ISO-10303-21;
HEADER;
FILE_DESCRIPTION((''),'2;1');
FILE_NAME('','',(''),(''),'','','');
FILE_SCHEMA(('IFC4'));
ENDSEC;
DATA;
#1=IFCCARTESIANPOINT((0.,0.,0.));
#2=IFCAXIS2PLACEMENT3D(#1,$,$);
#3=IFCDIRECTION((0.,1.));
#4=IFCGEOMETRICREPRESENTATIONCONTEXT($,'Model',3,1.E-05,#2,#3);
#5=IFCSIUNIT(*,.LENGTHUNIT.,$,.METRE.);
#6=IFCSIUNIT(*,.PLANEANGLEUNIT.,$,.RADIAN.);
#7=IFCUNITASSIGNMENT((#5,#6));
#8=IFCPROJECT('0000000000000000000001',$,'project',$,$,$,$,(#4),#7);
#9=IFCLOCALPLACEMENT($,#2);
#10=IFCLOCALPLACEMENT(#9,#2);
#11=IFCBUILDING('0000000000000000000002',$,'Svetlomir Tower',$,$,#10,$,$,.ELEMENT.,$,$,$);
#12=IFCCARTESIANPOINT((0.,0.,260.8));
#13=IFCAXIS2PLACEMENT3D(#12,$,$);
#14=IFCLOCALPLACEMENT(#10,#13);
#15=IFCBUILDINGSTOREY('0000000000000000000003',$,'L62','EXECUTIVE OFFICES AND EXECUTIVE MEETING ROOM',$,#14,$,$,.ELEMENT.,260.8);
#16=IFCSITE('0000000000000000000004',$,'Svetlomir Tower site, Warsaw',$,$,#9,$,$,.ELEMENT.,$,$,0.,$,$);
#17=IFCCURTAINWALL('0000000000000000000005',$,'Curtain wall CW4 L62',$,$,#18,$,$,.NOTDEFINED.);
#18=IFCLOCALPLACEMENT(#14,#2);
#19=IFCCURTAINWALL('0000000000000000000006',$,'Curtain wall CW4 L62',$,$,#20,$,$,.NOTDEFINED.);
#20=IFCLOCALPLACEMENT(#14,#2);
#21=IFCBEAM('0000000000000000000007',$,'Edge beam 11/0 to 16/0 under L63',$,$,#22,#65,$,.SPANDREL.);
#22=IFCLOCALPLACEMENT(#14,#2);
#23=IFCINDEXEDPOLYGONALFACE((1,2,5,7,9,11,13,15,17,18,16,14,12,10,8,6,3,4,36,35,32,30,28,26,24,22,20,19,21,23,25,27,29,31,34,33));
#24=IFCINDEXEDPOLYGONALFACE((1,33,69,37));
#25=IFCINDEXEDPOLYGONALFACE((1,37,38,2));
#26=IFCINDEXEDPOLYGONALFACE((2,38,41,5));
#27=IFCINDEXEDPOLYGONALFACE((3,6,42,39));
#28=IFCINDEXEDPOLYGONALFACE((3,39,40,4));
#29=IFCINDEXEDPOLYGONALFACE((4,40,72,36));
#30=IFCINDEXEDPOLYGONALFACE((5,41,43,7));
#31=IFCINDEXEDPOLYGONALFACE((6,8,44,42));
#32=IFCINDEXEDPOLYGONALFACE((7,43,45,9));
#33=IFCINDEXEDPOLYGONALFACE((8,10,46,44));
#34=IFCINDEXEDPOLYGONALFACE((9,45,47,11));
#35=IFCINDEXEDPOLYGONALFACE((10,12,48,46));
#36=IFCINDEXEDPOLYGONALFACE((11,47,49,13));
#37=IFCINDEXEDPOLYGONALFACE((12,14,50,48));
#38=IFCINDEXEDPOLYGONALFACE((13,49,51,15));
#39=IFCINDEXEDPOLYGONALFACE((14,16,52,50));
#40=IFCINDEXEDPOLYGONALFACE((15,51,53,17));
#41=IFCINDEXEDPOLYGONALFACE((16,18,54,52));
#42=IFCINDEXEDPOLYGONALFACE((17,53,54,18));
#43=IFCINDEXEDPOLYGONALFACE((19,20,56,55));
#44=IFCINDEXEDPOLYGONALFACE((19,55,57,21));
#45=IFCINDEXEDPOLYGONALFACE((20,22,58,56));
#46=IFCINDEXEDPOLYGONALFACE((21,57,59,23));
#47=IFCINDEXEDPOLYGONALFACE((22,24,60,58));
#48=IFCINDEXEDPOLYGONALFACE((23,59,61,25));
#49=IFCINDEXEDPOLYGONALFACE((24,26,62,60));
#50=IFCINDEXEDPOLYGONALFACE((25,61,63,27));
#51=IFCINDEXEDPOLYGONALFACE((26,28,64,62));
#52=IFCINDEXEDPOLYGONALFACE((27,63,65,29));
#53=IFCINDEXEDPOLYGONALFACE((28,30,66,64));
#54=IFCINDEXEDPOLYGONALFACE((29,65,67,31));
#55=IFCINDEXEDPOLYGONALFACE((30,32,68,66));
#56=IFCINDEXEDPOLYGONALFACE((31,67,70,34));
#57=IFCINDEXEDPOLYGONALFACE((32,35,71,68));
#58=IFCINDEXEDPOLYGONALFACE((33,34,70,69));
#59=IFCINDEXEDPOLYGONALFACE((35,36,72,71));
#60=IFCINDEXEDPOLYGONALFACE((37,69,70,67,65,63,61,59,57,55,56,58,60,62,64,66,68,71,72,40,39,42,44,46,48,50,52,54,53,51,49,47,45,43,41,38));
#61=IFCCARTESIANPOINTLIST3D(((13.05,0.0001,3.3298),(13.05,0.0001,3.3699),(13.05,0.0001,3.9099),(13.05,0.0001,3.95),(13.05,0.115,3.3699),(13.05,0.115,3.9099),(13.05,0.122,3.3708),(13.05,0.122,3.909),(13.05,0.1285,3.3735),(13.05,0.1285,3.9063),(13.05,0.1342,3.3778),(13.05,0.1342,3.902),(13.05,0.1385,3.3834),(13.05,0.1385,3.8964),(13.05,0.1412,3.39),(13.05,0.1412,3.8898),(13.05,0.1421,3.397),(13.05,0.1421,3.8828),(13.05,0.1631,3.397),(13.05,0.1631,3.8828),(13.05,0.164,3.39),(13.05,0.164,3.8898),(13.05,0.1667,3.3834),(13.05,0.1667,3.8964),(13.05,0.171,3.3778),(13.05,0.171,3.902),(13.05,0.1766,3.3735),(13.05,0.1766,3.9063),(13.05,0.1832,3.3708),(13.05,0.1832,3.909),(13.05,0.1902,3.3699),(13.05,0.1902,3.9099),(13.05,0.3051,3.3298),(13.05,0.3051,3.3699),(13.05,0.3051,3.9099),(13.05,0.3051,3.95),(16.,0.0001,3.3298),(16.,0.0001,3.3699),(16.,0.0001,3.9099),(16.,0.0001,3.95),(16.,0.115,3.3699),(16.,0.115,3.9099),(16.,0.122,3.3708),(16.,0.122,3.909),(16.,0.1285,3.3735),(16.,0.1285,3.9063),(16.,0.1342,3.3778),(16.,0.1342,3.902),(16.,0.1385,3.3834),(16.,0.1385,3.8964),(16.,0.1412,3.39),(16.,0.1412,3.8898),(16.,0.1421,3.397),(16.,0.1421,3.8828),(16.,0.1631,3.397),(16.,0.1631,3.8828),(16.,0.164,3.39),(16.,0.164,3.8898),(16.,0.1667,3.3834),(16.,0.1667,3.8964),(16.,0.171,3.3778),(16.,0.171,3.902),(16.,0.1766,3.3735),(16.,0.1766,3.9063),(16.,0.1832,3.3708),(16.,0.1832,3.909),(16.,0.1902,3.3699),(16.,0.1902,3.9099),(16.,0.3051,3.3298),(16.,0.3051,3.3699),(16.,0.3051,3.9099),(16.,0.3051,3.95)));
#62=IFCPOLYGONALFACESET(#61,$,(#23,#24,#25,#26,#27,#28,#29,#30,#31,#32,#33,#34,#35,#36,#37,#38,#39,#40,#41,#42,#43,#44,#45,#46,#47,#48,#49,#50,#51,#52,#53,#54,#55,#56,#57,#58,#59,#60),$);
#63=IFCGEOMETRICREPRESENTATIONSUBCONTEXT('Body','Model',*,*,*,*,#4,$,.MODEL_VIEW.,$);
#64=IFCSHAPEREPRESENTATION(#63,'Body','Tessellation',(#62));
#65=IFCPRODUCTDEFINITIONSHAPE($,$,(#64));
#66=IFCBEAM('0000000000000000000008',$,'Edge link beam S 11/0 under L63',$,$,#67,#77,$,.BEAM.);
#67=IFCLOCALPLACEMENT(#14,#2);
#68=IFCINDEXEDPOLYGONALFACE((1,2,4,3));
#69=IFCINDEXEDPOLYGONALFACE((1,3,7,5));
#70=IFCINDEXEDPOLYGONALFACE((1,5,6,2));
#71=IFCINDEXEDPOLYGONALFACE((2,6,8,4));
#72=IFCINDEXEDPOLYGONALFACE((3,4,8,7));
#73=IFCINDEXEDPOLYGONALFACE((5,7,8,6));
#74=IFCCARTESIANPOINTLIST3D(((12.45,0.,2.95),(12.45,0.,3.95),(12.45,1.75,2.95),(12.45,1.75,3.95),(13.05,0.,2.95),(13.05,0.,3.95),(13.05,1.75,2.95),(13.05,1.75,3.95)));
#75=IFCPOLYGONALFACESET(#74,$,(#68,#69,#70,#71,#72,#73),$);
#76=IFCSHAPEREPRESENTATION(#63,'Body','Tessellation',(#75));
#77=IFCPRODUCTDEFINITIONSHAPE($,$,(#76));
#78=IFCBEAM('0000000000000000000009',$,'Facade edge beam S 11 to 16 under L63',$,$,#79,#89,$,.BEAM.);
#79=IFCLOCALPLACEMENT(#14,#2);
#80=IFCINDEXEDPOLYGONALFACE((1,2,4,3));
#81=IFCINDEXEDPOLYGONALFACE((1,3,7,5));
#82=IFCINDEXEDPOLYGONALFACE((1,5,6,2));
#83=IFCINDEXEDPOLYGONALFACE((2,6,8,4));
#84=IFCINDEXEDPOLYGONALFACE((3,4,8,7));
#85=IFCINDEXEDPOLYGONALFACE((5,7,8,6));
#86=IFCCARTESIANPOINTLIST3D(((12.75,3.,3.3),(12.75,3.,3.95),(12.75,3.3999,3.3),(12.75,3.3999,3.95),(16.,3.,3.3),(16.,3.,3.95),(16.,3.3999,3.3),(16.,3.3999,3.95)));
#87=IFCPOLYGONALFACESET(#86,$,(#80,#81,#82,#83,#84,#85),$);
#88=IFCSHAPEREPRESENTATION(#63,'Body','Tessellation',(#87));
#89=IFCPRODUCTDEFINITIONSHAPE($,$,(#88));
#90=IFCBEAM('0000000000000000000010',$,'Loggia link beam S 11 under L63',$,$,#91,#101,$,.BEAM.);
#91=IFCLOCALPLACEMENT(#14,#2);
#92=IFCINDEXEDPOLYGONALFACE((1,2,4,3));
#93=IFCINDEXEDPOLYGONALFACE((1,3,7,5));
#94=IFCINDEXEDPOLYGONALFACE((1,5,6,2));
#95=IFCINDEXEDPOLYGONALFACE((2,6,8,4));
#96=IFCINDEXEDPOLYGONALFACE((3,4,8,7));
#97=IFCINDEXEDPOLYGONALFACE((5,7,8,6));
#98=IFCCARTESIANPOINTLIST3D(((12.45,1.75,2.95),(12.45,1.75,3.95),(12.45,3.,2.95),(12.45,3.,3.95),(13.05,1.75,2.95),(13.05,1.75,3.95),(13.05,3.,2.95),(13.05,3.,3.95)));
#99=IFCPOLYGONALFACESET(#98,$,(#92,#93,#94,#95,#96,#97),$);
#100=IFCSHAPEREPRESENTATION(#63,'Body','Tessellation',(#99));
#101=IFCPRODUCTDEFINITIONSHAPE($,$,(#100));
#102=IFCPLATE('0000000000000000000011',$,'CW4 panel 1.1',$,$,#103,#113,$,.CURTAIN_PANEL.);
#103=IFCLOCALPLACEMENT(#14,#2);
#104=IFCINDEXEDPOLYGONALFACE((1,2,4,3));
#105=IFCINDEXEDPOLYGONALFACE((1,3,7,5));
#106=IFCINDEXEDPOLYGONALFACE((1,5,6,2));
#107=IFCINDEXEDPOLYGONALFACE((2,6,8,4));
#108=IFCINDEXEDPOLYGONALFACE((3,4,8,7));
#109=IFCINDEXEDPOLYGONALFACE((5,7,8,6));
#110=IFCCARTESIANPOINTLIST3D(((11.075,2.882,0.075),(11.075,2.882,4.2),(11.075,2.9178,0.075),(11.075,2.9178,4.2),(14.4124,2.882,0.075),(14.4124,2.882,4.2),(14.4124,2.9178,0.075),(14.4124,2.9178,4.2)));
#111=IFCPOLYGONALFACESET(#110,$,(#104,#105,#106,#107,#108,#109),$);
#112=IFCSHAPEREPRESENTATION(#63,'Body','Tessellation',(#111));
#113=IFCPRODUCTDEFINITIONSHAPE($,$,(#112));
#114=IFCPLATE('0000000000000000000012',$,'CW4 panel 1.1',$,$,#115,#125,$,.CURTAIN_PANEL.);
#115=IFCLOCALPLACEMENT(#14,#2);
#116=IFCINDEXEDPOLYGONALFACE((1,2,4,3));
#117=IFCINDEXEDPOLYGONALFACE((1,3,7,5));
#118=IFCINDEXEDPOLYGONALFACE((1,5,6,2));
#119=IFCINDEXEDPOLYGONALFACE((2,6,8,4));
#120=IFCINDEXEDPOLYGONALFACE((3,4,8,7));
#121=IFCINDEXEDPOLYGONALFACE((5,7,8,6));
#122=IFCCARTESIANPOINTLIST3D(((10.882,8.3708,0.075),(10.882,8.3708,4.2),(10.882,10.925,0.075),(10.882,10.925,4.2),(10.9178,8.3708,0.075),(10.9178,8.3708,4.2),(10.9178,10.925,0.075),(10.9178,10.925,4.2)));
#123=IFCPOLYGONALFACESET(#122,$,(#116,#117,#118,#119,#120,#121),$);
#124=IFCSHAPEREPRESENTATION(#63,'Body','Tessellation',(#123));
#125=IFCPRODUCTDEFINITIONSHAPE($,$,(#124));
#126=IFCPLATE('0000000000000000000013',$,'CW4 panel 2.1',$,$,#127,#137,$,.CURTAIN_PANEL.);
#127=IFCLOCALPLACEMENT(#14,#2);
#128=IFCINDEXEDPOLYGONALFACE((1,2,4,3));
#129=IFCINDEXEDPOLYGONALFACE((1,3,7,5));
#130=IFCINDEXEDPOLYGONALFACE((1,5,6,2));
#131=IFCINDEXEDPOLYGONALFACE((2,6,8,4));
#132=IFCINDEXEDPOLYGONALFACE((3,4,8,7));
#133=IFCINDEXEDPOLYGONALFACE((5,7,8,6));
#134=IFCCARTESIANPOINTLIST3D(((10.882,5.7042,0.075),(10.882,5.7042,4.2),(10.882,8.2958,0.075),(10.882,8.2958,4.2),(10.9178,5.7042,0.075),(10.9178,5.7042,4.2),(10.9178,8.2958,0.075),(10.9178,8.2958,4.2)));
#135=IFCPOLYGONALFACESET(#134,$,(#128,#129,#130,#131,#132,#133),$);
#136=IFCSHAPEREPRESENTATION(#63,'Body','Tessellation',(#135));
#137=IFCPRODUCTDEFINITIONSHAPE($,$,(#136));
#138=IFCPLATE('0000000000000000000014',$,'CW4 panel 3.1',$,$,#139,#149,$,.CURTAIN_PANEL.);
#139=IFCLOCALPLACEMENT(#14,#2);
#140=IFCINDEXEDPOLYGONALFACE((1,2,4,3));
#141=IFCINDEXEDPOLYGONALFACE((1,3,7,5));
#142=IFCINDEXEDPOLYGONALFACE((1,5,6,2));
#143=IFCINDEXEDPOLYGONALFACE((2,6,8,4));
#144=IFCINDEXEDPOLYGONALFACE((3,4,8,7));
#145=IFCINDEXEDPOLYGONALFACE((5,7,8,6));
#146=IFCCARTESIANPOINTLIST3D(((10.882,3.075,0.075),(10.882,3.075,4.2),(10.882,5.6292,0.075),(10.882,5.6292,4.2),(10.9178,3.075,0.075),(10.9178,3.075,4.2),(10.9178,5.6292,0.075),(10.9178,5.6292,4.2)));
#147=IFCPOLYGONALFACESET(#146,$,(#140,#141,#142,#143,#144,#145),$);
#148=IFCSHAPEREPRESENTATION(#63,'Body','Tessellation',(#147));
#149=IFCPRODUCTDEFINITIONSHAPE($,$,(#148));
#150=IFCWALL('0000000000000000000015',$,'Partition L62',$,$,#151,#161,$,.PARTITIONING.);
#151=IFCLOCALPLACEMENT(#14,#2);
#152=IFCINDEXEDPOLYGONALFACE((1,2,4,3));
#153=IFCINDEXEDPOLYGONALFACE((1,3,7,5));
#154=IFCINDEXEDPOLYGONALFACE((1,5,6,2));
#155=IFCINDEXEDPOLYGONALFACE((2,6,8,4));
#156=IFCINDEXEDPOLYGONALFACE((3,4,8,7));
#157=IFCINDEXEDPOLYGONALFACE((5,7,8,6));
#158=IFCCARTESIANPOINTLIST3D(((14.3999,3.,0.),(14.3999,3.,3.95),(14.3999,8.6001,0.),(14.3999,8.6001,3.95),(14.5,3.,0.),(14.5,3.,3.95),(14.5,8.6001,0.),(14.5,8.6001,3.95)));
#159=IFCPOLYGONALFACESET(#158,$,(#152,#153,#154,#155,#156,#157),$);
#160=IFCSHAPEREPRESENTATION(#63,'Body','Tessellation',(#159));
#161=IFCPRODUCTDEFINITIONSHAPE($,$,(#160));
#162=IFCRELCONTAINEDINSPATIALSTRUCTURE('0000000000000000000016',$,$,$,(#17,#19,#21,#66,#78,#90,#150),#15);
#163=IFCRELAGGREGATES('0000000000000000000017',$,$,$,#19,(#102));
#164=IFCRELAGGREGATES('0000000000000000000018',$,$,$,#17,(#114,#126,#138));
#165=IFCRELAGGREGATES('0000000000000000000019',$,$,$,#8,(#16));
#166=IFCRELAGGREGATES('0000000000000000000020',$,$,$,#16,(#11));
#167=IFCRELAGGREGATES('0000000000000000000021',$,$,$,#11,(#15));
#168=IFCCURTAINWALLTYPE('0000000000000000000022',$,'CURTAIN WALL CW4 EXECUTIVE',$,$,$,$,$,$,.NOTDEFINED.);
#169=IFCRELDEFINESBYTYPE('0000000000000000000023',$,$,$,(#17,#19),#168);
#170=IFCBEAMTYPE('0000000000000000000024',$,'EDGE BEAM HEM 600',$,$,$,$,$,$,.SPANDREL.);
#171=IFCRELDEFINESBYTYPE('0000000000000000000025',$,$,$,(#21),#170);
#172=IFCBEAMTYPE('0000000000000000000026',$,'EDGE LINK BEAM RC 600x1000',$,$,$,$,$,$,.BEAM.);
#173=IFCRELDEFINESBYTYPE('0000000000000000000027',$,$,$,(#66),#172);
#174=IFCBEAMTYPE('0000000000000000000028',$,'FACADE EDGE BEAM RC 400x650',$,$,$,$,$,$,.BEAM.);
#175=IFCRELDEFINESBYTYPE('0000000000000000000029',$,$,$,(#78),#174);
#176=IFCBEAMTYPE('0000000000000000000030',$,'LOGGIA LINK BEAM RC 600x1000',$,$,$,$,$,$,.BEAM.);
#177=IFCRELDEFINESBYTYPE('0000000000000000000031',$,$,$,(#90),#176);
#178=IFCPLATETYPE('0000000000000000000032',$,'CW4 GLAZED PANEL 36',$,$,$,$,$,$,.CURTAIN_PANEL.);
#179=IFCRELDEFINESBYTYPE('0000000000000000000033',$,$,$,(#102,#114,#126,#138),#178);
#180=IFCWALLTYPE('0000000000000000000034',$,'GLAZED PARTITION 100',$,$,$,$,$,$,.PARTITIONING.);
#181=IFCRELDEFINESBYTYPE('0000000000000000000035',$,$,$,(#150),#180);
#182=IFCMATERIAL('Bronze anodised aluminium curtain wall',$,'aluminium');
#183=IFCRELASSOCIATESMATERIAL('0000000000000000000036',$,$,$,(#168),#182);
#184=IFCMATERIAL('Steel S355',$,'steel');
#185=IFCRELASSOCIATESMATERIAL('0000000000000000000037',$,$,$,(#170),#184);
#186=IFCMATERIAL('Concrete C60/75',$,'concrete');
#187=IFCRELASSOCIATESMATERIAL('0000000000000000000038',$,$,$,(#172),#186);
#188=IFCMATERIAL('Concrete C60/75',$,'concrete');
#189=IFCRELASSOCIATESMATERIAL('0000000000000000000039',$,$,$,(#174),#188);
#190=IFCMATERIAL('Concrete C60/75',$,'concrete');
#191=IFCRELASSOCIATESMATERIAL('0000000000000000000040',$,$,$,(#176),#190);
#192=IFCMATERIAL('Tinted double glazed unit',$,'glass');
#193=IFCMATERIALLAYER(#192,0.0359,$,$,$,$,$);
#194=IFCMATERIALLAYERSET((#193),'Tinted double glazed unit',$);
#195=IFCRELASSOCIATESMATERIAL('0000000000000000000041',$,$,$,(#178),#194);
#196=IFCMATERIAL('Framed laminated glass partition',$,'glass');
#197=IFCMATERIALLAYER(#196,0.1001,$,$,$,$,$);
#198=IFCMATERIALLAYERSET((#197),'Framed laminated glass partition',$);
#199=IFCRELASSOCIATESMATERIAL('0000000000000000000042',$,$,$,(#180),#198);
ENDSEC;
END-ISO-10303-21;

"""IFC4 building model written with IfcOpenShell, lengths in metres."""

from ifc_helpers import new_model, si_unit, direction, frame, frame_2d, origin, origin_2d, place, context, subcontext, project, spatial, rectangle, i_section, extrude, material, layer, layer_set, material_profile, profile_set, type_object, element, aggregate, save


model = new_model("IFC4")

# Units and contexts
model_context = context("Model", 3, precision=1e-05, world=origin(), true_north=direction((0.0, 1.0)))
body_context = subcontext(model_context, "Body", "Model", "MODEL_VIEW")
ifc_project = project(units=[si_unit("LENGTHUNIT", "METRE"), si_unit("PLANEANGLEUNIT", "RADIAN")], contexts=[model_context])

# Site, building, storey
site_placement = place(None, origin())
site = spatial("IfcSite", under=ifc_project, at=site_placement, Name="Svetlomir Tower site, Warsaw", CompositionType="ELEMENT", RefElevation=0.0)
building_placement = place(site_placement, origin())
building = spatial("IfcBuilding", under=site, at=building_placement, Name="Svetlomir Tower", CompositionType="ELEMENT")
storey_placement = place(building_placement, frame((0.0, 0.0, 260.8)))
storey = spatial("IfcBuildingStorey", under=building, at=storey_placement, Name="L62", Description="EXECUTIVE OFFICES AND EXECUTIVE MEETING ROOM", CompositionType="ELEMENT", Elevation=260.8)

# Curtain wall
ifc_material_1 = material(Name="Bronze anodised aluminium curtain wall", Category="aluminium")
curtain_wall_type = type_object("IfcCurtainWallType", Name="CURTAIN WALL CW4 EXECUTIVE", PredefinedType="NOTDEFINED", material=ifc_material_1)
curtain_wall_1_placement = place(storey_placement, origin())
curtain_wall_1 = element("IfcCurtainWall", 1, at=curtain_wall_1_placement, inside=storey, type_object=curtain_wall_type, Name="Curtain wall CW4 L62", PredefinedType="NOTDEFINED")

# Curtain wall
curtain_wall_2_placement = place(storey_placement, origin())
curtain_wall_2 = element("IfcCurtainWall", 2, at=curtain_wall_2_placement, inside=storey, type_object=curtain_wall_type, Name="Curtain wall CW4 L62", PredefinedType="NOTDEFINED")

# Beams
ifc_material_2 = material(Name="Steel S355", Category="steel")
ifc_material_profile_1 = material_profile(ifc_material_2, i_section(OverallWidth=0.3049, OverallDepth=0.6201, WebThickness=0.021, FlangeThickness=0.04, FilletRadius=0.0271, at=origin_2d()), Name="HEM 600")
ifc_profile_set_1 = profile_set([ifc_material_profile_1], Name="Steel S355")
beam_type_1 = type_object("IfcBeamType", Name="EDGE BEAM HEM 600", PredefinedType="SPANDREL", material=ifc_profile_set_1)
beam_1_placement = place(storey_placement, frame((13.05, 0.1526, 3.6399), z_axis=(1.0, 0.0, 0.0), x_axis=(0.0, 1.0, 0.0)))
element("IfcBeam", 3, at=beam_1_placement, inside=storey, type_object=beam_type_1, Name="Edge beam 11/0 to 16/0 under L63", PredefinedType="SPANDREL", context=body_context, shape_type="SweptSolid", body=[
    extrude(i_section(OverallWidth=0.3049, OverallDepth=0.6201, WebThickness=0.021, FlangeThickness=0.04, FilletRadius=0.0271, at=origin_2d()), origin(), (0.0, 0.0, 1.0), 2.95),
])
ifc_material_3 = material(Name="Concrete C60/75", Category="concrete")
ifc_material_profile_2 = material_profile(ifc_material_3, rectangle(XDim=0.6001, YDim=1.0, at=origin_2d()), Name="RC 600x1000")
ifc_profile_set_2 = profile_set([ifc_material_profile_2], Name="Concrete C60/75")
beam_type_2 = type_object("IfcBeamType", Name="EDGE LINK BEAM RC 600x1000", PredefinedType="BEAM", material=ifc_profile_set_2)
beam_2_placement = place(storey_placement, frame((12.75, 1.75, 3.45), z_axis=(0.0, -1.0, 0.0), x_axis=(1.0, 0.0, 0.0)))
element("IfcBeam", 4, at=beam_2_placement, inside=storey, type_object=beam_type_2, Name="Edge link beam S 11/0 under L63", PredefinedType="BEAM", context=body_context, shape_type="SweptSolid", body=[
    extrude(rectangle(XDim=0.6001, YDim=1.0, at=origin_2d()), origin(), (0.0, 0.0, 1.0), 1.75),
])
ifc_material_4 = material(Name="Concrete C60/75", Category="concrete")
ifc_material_profile_3 = material_profile(ifc_material_4, rectangle(XDim=0.3999, YDim=0.6499, at=origin_2d()), Name="RC 400x650")
ifc_profile_set_3 = profile_set([ifc_material_profile_3], Name="Concrete C60/75")
beam_type_3 = type_object("IfcBeamType", Name="FACADE EDGE BEAM RC 400x650", PredefinedType="BEAM", material=ifc_profile_set_3)
beam_3_placement = place(storey_placement, frame((12.75, 3.2, 3.625), z_axis=(1.0, 0.0, 0.0), x_axis=(0.0, 1.0, 0.0)))
element("IfcBeam", 5, at=beam_3_placement, inside=storey, type_object=beam_type_3, Name="Facade edge beam S 11 to 16 under L63", PredefinedType="BEAM", context=body_context, shape_type="SweptSolid", body=[
    extrude(rectangle(XDim=0.3999, YDim=0.6499, at=origin_2d()), origin(), (0.0, 0.0, 1.0), 3.25),
])
ifc_material_5 = material(Name="Concrete C60/75", Category="concrete")
ifc_material_profile_4 = material_profile(ifc_material_5, rectangle(XDim=0.6001, YDim=1.0, at=origin_2d()), Name="RC 600x1000")
ifc_profile_set_4 = profile_set([ifc_material_profile_4], Name="Concrete C60/75")
beam_type_4 = type_object("IfcBeamType", Name="LOGGIA LINK BEAM RC 600x1000", PredefinedType="BEAM", material=ifc_profile_set_4)
beam_4_placement = place(storey_placement, frame((12.75, 1.75, 3.45), z_axis=(0.0, 1.0, 0.0), x_axis=(-1.0, 0.0, 0.0)))
element("IfcBeam", 6, at=beam_4_placement, inside=storey, type_object=beam_type_4, Name="Loggia link beam S 11 under L63", PredefinedType="BEAM", context=body_context, shape_type="SweptSolid", body=[
    extrude(rectangle(XDim=0.6001, YDim=1.0, at=origin_2d()), origin(), (0.0, 0.0, 1.0), 1.25),
])

# Plates
ifc_material_6 = material(Name="Tinted double glazed unit", Category="glass")
ifc_layer_1 = layer(ifc_material_6, 0.0359)
ifc_layer_set_1 = layer_set([ifc_layer_1], Name="Tinted double glazed unit")
plate_type = type_object("IfcPlateType", Name="CW4 GLAZED PANEL 36", PredefinedType="CURTAIN_PANEL", material=ifc_layer_set_1)
plate_1_placement = place(storey_placement, frame((12.7437, 2.8999, 0.075), z_axis=(0.0, 0.0, 1.0), x_axis=(1.0, 0.0, 0.0)))
plate_1 = element("IfcPlate", 7, at=plate_1_placement, type_object=plate_type, Name="CW4 panel 1.1", PredefinedType="CURTAIN_PANEL", context=body_context, shape_type="SweptSolid", body=[
    extrude(rectangle(XDim=3.3374, YDim=0.0359, at=origin_2d()), origin(), (0.0, 0.0, 1.0), 4.125),
])
aggregate(curtain_wall_2, [plate_1])
plate_2_placement = place(storey_placement, frame((10.8999, 9.6479, 0.075), z_axis=(0.0, 0.0, 1.0), x_axis=(0.0, -1.0, 0.0)))
plate_2 = element("IfcPlate", 8, at=plate_2_placement, type_object=plate_type, Name="CW4 panel 1.1", PredefinedType="CURTAIN_PANEL", context=body_context, shape_type="SweptSolid", body=[
    extrude(rectangle(XDim=2.5542, YDim=0.0359, at=origin_2d()), origin(), (0.0, 0.0, 1.0), 4.125),
])
plate_3_placement = place(storey_placement, frame((10.8999, 7.0, 0.075), z_axis=(0.0, 0.0, 1.0), x_axis=(0.0, -1.0, 0.0)))
plate_3 = element("IfcPlate", 9, at=plate_3_placement, type_object=plate_type, Name="CW4 panel 2.1", PredefinedType="CURTAIN_PANEL", context=body_context, shape_type="SweptSolid", body=[
    extrude(rectangle(XDim=2.5916, YDim=0.0359, at=origin_2d()), origin(), (0.0, 0.0, 1.0), 4.125),
])
plate_4_placement = place(storey_placement, frame((10.8999, 4.3521, 0.075), z_axis=(0.0, 0.0, 1.0), x_axis=(0.0, -1.0, 0.0)))
plate_4 = element("IfcPlate", 10, at=plate_4_placement, type_object=plate_type, Name="CW4 panel 3.1", PredefinedType="CURTAIN_PANEL", context=body_context, shape_type="SweptSolid", body=[
    extrude(rectangle(XDim=2.5542, YDim=0.0359, at=origin_2d()), origin(), (0.0, 0.0, 1.0), 4.125),
])
aggregate(curtain_wall_1, [plate_2, plate_3, plate_4])

# Wall
ifc_material_7 = material(Name="Framed laminated glass partition", Category="glass")
ifc_layer_2 = layer(ifc_material_7, 0.1001)
ifc_layer_set_2 = layer_set([ifc_layer_2], Name="Framed laminated glass partition")
wall_type = type_object("IfcWallType", Name="GLAZED PARTITION 100", PredefinedType="PARTITIONING", material=ifc_layer_set_2)
wall_1_placement = place(storey_placement, frame((14.45, 3.0, 0.0), z_axis=(0.0, 0.0, 1.0), x_axis=(0.0, 1.0, 0.0)))
element("IfcWall", 11, at=wall_1_placement, inside=storey, type_object=wall_type, Name="Partition L62", PredefinedType="PARTITIONING", context=body_context, shape_type="SweptSolid", body=[
    extrude(rectangle(XDim=5.6001, YDim=0.1001, at=frame_2d((2.8, 0.0))), origin(), (0.0, 0.0, 1.0), 3.95),
])

save(model, "model.ifc")
